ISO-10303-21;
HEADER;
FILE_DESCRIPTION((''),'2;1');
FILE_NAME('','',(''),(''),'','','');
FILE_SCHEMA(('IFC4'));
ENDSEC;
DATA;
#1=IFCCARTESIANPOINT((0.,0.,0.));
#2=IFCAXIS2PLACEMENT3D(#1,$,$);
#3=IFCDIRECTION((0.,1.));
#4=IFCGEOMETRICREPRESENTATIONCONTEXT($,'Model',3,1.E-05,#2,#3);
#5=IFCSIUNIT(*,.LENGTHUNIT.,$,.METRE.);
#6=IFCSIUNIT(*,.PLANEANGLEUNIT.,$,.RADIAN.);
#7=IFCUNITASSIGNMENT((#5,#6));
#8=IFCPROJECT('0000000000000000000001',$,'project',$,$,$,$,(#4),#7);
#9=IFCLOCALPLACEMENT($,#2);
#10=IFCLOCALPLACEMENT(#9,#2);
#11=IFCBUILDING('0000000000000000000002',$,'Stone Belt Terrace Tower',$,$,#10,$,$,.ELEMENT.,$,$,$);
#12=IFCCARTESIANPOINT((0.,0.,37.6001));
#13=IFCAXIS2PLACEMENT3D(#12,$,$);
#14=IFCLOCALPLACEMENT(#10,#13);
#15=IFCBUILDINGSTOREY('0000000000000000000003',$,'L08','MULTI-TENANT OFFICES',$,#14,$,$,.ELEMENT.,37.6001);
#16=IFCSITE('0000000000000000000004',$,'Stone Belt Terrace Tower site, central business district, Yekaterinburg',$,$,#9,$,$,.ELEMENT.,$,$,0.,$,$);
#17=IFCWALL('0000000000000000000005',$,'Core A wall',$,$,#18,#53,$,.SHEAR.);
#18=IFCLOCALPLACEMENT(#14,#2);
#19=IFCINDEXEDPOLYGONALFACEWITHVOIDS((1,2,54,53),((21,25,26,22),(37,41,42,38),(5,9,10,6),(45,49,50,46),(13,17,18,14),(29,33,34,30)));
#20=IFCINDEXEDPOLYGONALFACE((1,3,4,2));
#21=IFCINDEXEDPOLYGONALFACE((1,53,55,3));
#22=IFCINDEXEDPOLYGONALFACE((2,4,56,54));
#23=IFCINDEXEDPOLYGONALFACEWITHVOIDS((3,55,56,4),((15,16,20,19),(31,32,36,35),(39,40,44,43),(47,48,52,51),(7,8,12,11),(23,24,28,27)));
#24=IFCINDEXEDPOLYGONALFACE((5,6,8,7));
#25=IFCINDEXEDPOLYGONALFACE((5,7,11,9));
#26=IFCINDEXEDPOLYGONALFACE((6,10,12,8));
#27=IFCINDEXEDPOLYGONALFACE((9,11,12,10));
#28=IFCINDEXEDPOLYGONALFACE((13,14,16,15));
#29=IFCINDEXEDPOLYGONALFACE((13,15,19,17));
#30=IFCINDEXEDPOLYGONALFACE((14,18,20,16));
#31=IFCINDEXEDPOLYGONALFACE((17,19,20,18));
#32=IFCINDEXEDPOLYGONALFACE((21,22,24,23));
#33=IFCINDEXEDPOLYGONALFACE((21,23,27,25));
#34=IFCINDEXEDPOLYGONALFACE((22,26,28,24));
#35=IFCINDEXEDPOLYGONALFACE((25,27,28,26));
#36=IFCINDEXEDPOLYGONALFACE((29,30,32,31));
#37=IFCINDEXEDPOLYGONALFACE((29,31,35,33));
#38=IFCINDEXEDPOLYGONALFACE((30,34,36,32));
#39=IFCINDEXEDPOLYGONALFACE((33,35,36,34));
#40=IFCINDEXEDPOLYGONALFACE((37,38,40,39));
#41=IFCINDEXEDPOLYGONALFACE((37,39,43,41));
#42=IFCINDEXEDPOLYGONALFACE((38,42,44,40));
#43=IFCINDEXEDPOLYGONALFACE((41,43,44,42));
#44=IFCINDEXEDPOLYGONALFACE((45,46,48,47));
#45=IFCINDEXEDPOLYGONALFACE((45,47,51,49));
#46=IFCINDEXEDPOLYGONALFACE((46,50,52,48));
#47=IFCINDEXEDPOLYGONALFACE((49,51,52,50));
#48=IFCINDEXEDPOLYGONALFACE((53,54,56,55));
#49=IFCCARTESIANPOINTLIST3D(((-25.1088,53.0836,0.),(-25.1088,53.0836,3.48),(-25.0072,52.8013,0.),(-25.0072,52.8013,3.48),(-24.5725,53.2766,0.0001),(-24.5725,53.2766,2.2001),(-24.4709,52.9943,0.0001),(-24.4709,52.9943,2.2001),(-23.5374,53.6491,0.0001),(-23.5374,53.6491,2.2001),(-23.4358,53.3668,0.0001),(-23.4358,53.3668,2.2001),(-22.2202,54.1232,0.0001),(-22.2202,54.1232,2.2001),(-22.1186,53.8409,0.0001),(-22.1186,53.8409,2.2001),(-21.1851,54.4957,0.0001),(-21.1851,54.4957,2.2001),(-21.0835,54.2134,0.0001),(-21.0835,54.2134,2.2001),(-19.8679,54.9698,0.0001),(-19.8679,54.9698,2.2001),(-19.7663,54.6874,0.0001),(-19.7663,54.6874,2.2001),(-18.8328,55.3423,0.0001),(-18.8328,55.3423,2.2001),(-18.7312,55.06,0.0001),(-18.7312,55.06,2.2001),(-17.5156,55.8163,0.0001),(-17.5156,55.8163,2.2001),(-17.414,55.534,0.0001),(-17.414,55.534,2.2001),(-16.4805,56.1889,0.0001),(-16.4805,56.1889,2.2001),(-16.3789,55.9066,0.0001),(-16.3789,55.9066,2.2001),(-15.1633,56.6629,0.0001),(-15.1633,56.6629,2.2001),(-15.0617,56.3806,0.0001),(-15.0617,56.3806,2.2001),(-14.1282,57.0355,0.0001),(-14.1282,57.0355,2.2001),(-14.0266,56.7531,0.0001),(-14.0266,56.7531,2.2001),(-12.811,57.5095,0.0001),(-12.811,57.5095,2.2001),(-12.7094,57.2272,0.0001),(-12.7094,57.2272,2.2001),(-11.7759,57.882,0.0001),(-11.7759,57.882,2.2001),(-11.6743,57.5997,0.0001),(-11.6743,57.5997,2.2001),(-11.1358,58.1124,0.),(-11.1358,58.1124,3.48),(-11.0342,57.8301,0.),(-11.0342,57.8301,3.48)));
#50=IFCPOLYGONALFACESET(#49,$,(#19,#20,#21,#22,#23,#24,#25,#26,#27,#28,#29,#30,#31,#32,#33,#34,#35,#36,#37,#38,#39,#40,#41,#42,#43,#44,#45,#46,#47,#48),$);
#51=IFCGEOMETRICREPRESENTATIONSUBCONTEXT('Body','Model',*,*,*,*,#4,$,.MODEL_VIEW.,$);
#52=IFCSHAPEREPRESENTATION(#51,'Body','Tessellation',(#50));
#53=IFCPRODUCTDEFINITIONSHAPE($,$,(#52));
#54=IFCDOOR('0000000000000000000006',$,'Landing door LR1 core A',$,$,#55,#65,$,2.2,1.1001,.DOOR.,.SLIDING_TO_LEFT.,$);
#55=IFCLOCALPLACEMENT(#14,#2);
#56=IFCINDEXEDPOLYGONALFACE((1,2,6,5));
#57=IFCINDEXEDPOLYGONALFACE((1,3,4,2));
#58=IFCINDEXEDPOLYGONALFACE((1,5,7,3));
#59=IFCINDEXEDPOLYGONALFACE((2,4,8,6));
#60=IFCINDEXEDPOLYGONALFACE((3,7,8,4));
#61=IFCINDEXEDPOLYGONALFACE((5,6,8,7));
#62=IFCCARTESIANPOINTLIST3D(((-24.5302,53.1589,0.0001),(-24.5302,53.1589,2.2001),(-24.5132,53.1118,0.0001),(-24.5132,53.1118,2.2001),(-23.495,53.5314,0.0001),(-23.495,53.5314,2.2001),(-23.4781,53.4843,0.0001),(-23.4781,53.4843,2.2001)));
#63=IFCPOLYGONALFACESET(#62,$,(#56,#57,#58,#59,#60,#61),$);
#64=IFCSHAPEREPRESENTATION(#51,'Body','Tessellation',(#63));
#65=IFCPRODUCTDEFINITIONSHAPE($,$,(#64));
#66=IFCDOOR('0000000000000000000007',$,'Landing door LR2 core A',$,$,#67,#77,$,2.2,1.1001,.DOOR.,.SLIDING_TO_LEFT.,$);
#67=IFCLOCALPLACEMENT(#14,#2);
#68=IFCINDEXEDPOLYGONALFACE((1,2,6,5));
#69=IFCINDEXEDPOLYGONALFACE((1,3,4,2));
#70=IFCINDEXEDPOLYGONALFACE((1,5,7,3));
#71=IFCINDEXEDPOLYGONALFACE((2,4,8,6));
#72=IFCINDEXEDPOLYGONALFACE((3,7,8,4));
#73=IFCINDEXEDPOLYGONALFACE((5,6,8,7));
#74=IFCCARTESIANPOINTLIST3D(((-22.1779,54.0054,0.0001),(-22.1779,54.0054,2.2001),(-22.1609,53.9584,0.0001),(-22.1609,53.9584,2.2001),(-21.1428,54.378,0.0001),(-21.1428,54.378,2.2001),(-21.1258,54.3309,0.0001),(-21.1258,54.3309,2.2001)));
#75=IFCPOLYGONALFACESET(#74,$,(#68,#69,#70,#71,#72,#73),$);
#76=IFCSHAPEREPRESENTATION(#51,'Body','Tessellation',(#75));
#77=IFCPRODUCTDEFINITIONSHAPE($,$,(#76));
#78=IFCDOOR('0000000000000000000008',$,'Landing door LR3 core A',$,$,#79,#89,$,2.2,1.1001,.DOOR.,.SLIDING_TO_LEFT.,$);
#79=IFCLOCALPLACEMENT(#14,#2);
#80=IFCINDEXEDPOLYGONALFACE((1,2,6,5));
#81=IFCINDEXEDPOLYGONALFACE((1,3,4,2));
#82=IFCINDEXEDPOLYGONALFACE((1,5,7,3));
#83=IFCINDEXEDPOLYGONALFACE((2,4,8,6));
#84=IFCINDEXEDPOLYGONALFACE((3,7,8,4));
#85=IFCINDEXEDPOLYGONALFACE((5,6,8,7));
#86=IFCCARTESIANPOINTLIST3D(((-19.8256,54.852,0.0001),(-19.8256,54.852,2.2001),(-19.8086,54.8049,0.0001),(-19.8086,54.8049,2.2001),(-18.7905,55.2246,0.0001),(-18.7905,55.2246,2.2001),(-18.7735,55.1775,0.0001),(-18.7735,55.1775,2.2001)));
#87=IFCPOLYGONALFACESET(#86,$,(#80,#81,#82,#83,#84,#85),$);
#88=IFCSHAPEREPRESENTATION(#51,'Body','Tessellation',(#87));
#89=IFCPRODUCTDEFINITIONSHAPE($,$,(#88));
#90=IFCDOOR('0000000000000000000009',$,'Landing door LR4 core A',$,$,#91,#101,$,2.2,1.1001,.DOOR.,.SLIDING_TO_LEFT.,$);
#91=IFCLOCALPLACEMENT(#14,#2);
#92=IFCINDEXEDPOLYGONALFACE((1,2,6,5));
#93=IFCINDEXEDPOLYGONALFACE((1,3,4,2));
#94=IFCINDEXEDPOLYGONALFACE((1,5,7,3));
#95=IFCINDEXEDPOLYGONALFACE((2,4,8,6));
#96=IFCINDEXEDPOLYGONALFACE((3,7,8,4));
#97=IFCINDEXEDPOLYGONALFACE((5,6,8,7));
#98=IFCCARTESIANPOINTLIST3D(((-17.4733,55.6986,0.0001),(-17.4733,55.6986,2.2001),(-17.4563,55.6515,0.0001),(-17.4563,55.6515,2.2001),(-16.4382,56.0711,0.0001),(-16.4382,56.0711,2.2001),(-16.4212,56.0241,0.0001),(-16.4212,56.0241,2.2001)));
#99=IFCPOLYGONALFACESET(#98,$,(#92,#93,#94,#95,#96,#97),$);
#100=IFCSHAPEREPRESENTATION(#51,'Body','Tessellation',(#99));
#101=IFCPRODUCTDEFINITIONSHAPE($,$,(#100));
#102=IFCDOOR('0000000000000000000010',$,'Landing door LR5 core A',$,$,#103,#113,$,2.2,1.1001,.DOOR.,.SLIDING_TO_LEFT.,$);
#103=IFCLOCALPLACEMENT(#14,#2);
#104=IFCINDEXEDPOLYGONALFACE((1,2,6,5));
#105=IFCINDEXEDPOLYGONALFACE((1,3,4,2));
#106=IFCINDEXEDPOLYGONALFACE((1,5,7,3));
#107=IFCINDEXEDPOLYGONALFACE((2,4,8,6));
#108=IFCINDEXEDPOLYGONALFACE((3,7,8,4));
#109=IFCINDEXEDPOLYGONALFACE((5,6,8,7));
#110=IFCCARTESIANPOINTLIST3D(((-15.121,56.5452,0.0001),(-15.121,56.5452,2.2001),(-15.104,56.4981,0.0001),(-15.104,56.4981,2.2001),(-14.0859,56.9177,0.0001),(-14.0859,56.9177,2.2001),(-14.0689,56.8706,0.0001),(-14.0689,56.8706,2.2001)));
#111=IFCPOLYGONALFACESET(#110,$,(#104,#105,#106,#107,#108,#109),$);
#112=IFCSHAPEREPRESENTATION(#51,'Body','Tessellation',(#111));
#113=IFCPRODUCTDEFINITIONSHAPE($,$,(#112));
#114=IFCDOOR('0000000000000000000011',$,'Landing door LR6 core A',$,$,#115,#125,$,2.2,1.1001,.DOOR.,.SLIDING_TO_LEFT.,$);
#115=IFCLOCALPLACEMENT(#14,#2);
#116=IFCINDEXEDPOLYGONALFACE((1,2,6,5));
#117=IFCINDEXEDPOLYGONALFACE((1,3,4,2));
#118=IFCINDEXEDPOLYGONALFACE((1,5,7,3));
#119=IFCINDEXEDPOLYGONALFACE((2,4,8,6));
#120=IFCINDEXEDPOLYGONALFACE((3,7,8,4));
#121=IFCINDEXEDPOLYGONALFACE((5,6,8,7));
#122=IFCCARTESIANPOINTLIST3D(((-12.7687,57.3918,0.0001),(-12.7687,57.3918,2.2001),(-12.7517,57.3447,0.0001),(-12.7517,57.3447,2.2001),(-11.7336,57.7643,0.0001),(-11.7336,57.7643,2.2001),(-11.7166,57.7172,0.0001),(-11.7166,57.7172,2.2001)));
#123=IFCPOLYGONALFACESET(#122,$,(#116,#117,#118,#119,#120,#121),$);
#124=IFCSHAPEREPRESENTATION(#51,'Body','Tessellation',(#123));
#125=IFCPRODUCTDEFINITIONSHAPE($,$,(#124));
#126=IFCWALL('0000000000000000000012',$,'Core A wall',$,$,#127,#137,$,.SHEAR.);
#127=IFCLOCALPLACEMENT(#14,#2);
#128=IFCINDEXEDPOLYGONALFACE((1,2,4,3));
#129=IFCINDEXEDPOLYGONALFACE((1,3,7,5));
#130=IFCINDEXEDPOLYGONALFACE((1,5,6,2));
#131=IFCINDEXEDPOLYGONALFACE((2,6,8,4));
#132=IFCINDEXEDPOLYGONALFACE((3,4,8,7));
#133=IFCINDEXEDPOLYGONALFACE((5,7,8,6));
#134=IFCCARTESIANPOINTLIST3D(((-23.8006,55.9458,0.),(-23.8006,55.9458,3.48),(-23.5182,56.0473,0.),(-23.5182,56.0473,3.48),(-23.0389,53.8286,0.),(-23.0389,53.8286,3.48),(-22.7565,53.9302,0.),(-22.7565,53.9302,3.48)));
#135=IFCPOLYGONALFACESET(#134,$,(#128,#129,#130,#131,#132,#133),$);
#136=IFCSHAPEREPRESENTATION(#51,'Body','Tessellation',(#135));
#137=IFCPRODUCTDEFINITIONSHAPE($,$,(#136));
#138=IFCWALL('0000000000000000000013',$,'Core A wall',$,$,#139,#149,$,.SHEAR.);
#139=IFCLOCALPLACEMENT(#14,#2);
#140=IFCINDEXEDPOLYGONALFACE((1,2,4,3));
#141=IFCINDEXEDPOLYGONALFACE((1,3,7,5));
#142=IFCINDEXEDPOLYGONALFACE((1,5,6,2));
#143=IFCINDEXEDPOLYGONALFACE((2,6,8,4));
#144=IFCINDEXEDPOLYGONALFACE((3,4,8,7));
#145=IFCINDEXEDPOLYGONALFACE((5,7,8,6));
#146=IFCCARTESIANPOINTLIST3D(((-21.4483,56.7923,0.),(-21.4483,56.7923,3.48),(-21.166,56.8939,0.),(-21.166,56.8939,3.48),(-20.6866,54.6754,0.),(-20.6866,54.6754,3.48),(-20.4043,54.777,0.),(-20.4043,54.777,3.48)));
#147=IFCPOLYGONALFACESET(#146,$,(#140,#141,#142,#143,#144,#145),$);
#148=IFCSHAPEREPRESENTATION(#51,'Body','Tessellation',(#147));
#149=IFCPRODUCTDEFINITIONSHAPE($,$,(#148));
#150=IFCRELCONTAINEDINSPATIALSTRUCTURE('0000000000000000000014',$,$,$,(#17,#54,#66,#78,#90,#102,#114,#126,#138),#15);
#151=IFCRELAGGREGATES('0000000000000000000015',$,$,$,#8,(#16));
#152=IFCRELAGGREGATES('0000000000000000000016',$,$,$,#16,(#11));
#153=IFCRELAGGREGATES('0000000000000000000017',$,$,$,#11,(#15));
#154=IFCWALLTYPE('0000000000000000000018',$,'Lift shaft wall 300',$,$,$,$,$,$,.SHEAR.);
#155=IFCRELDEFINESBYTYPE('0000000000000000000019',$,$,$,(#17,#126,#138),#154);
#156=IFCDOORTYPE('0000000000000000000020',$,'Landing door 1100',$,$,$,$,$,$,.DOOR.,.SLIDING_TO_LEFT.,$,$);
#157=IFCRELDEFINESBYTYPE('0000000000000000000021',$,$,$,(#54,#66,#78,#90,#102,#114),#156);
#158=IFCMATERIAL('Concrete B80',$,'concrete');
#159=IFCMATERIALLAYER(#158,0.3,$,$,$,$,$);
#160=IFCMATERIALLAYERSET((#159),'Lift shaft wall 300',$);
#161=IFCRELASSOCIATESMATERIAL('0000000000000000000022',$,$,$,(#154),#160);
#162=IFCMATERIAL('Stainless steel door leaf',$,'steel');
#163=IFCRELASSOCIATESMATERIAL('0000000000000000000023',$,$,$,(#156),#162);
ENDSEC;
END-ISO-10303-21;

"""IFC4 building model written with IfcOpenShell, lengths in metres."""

from ifc_helpers import new_model, si_unit, direction, frame, frame_2d, origin, place, context, subcontext, project, spatial, rectangle, extrude, material, layer, layer_set, type_object, element, fill, save


model = new_model("IFC4")

# Units and contexts
model_context = context("Model", 3, precision=1e-05, world=origin(), true_north=direction((0.0, 1.0)))
body_context = subcontext(model_context, "Body", "Model", "MODEL_VIEW")
ifc_project = project(units=[si_unit("LENGTHUNIT", "METRE"), si_unit("PLANEANGLEUNIT", "RADIAN")], contexts=[model_context])

# Site, building, storey
site_placement = place(None, origin())
site = spatial("IfcSite", under=ifc_project, at=site_placement, Name="Stone Belt Terrace Tower site, central business district, Yekaterinburg", CompositionType="ELEMENT", RefElevation=0.0)
building_placement = place(site_placement, origin())
building = spatial("IfcBuilding", under=site, at=building_placement, Name="Stone Belt Terrace Tower", CompositionType="ELEMENT")
storey_placement = place(building_placement, frame((0.0, 0.0, 37.6001)))
storey = spatial("IfcBuildingStorey", under=building, at=storey_placement, Name="L08", Description="MULTI-TENANT OFFICES", CompositionType="ELEMENT", Elevation=37.6001)

# Shared definitions
ifc_material_1 = material(Name="Concrete B80", Category="concrete")

# Shared definitions
ifc_layer_1 = layer(ifc_material_1, 0.3)
ifc_layer_set_1 = layer_set([ifc_layer_1], Name="Lift shaft wall 300")
wall_type = type_object("IfcWallType", Name="Lift shaft wall 300", PredefinedType="SHEAR", material=ifc_layer_set_1)

# Wall, openings, doors
wall_1_placement = place(storey_placement, frame((-25.0581, 52.9424, 0.0), z_axis=(0.0, 0.0, 1.0), x_axis=(0.940918, 0.338634, 0.0)))
wall_1 = element("IfcWall", 1, at=wall_1_placement, inside=storey, type_object=wall_type, Name="Core A wall", PredefinedType="SHEAR", context=body_context, shape_type="SweptSolid", body=[
    extrude(rectangle(XDim=14.8503, YDim=0.3, at=frame_2d((7.4253, 0.0))), origin(), (0.0, 0.0, 1.0), 3.48),
])
opening_1_placement = place(wall_1_placement, frame((0.5701, 0.0, 0.0)))
opening_1 = element("IfcOpeningElement", 2, at=opening_1_placement, cuts=wall_1, PredefinedType="OPENING", context=body_context, shape_type="SweptSolid", body=[
    extrude(rectangle(XDim=1.1001, YDim=2.2, at=frame_2d((0.55, 1.1001))), frame((0.0, 0.1599, 0.0), z_axis=(0.0, -1.0, 0.0), x_axis=(1.0, 0.0, 0.0)), (0.0, 0.0, 1.0), 0.3201),
])
opening_2_placement = place(wall_1_placement, frame((3.0701, 0.0, 0.0)))
opening_2 = element("IfcOpeningElement", 3, at=opening_2_placement, cuts=wall_1, PredefinedType="OPENING", context=body_context, shape_type="SweptSolid", body=[
    extrude(rectangle(XDim=1.1001, YDim=2.2, at=frame_2d((0.55, 1.1001))), frame((0.0, 0.1599, 0.0), z_axis=(0.0, -1.0, 0.0), x_axis=(1.0, 0.0, 0.0)), (0.0, 0.0, 1.0), 0.3201),
])
opening_3_placement = place(wall_1_placement, frame((5.5701, 0.0, 0.0)))
opening_3 = element("IfcOpeningElement", 4, at=opening_3_placement, cuts=wall_1, PredefinedType="OPENING", context=body_context, shape_type="SweptSolid", body=[
    extrude(rectangle(XDim=1.1001, YDim=2.2, at=frame_2d((0.55, 1.1001))), frame((0.0, 0.1599, 0.0), z_axis=(0.0, -1.0, 0.0), x_axis=(1.0, 0.0, 0.0)), (0.0, 0.0, 1.0), 0.3201),
])
opening_4_placement = place(wall_1_placement, frame((8.0701, 0.0, 0.0)))
opening_4 = element("IfcOpeningElement", 5, at=opening_4_placement, cuts=wall_1, PredefinedType="OPENING", context=body_context, shape_type="SweptSolid", body=[
    extrude(rectangle(XDim=1.1001, YDim=2.2, at=frame_2d((0.55, 1.1001))), frame((0.0, 0.1599, 0.0), z_axis=(0.0, -1.0, 0.0), x_axis=(1.0, 0.0, 0.0)), (0.0, 0.0, 1.0), 0.3201),
])
opening_5_placement = place(wall_1_placement, frame((10.5701, 0.0, 0.0)))
opening_5 = element("IfcOpeningElement", 6, at=opening_5_placement, cuts=wall_1, PredefinedType="OPENING", context=body_context, shape_type="SweptSolid", body=[
    extrude(rectangle(XDim=1.1001, YDim=2.2, at=frame_2d((0.55, 1.1001))), frame((0.0, 0.1599, 0.0), z_axis=(0.0, -1.0, 0.0), x_axis=(1.0, 0.0, 0.0)), (0.0, 0.0, 1.0), 0.3201),
])
opening_6_placement = place(wall_1_placement, frame((13.0701, 0.0, 0.0)))
opening_6 = element("IfcOpeningElement", 7, at=opening_6_placement, cuts=wall_1, PredefinedType="OPENING", context=body_context, shape_type="SweptSolid", body=[
    extrude(rectangle(XDim=1.1001, YDim=2.2, at=frame_2d((0.55, 1.1001))), frame((0.0, 0.1599, 0.0), z_axis=(0.0, -1.0, 0.0), x_axis=(1.0, 0.0, 0.0)), (0.0, 0.0, 1.0), 0.3201),
])
ifc_material_2 = material(Name="Stainless steel door leaf", Category="steel")
door_type = type_object("IfcDoorType", Name="Landing door 1100", OperationType="SLIDING_TO_LEFT", PredefinedType="DOOR", material=ifc_material_2)
door_1_placement = place(opening_1_placement, origin())
door_1 = element("IfcDoor", 8, at=door_1_placement, inside=storey, type_object=door_type, Name="Landing door LR1 core A", OperationType="SLIDING_TO_LEFT", OverallHeight=2.2, OverallWidth=1.1001, PredefinedType="DOOR", context=body_context, shape_type="SweptSolid", body=[
    extrude(rectangle(XDim=1.1001, YDim=2.2, at=frame_2d((0.55, 1.1001))), frame((0.0, 0.0249, 0.0), z_axis=(0.0, -1.0, 0.0), x_axis=(1.0, 0.0, 0.0)), (0.0, 0.0, 1.0), 0.05),
])
fill(opening_1, door_1)
door_2_placement = place(opening_2_placement, origin())
door_2 = element("IfcDoor", 9, at=door_2_placement, inside=storey, type_object=door_type, Name="Landing door LR2 core A", OperationType="SLIDING_TO_LEFT", OverallHeight=2.2, OverallWidth=1.1001, PredefinedType="DOOR", context=body_context, shape_type="SweptSolid", body=[
    extrude(rectangle(XDim=1.1001, YDim=2.2, at=frame_2d((0.55, 1.1001))), frame((0.0, 0.0249, 0.0), z_axis=(0.0, -1.0, 0.0), x_axis=(1.0, 0.0, 0.0)), (0.0, 0.0, 1.0), 0.05),
])
fill(opening_2, door_2)
door_3_placement = place(opening_3_placement, origin())
door_3 = element("IfcDoor", 10, at=door_3_placement, inside=storey, type_object=door_type, Name="Landing door LR3 core A", OperationType="SLIDING_TO_LEFT", OverallHeight=2.2, OverallWidth=1.1001, PredefinedType="DOOR", context=body_context, shape_type="SweptSolid", body=[
    extrude(rectangle(XDim=1.1001, YDim=2.2, at=frame_2d((0.55, 1.1001))), frame((0.0, 0.0249, 0.0), z_axis=(0.0, -1.0, 0.0), x_axis=(1.0, 0.0, 0.0)), (0.0, 0.0, 1.0), 0.05),
])
fill(opening_3, door_3)
door_4_placement = place(opening_4_placement, origin())
door_4 = element("IfcDoor", 11, at=door_4_placement, inside=storey, type_object=door_type, Name="Landing door LR4 core A", OperationType="SLIDING_TO_LEFT", OverallHeight=2.2, OverallWidth=1.1001, PredefinedType="DOOR", context=body_context, shape_type="SweptSolid", body=[
    extrude(rectangle(XDim=1.1001, YDim=2.2, at=frame_2d((0.55, 1.1001))), frame((0.0, 0.0249, 0.0), z_axis=(0.0, -1.0, 0.0), x_axis=(1.0, 0.0, 0.0)), (0.0, 0.0, 1.0), 0.05),
])
fill(opening_4, door_4)
door_5_placement = place(opening_5_placement, origin())
door_5 = element("IfcDoor", 12, at=door_5_placement, inside=storey, type_object=door_type, Name="Landing door LR5 core A", OperationType="SLIDING_TO_LEFT", OverallHeight=2.2, OverallWidth=1.1001, PredefinedType="DOOR", context=body_context, shape_type="SweptSolid", body=[
    extrude(rectangle(XDim=1.1001, YDim=2.2, at=frame_2d((0.55, 1.1001))), frame((0.0, 0.0249, 0.0), z_axis=(0.0, -1.0, 0.0), x_axis=(1.0, 0.0, 0.0)), (0.0, 0.0, 1.0), 0.05),
])
fill(opening_5, door_5)
door_6_placement = place(opening_6_placement, origin())
door_6 = element("IfcDoor", 13, at=door_6_placement, inside=storey, type_object=door_type, Name="Landing door LR6 core A", OperationType="SLIDING_TO_LEFT", OverallHeight=2.2, OverallWidth=1.1001, PredefinedType="DOOR", context=body_context, shape_type="SweptSolid", body=[
    extrude(rectangle(XDim=1.1001, YDim=2.2, at=frame_2d((0.55, 1.1001))), frame((0.0, 0.0249, 0.0), z_axis=(0.0, -1.0, 0.0), x_axis=(1.0, 0.0, 0.0)), (0.0, 0.0, 1.0), 0.05),
])
fill(opening_6, door_6)

# Walls
wall_2_placement = place(storey_placement, frame((-22.8977, 53.8794, 0.0), z_axis=(0.0, 0.0, 1.0), x_axis=(-0.338535, 0.940954, 0.0)))
element("IfcWall", 14, at=wall_2_placement, inside=storey, type_object=wall_type, Name="Core A wall", PredefinedType="SHEAR", context=body_context, shape_type="SweptSolid", body=[
    extrude(rectangle(XDim=2.25, YDim=0.3, at=frame_2d((1.125, 0.0))), origin(), (0.0, 0.0, 1.0), 3.48),
])
wall_3_placement = place(storey_placement, frame((-20.5454, 54.7261, 0.0), z_axis=(0.0, 0.0, 1.0), x_axis=(-0.33857, 0.940941, 0.0)))
element("IfcWall", 15, at=wall_3_placement, inside=storey, type_object=wall_type, Name="Core A wall", PredefinedType="SHEAR", context=body_context, shape_type="SweptSolid", body=[
    extrude(rectangle(XDim=2.2498, YDim=0.3, at=frame_2d((1.125, 0.0))), origin(), (0.0, 0.0, 1.0), 3.48),
])

save(model, "model.ifc")
